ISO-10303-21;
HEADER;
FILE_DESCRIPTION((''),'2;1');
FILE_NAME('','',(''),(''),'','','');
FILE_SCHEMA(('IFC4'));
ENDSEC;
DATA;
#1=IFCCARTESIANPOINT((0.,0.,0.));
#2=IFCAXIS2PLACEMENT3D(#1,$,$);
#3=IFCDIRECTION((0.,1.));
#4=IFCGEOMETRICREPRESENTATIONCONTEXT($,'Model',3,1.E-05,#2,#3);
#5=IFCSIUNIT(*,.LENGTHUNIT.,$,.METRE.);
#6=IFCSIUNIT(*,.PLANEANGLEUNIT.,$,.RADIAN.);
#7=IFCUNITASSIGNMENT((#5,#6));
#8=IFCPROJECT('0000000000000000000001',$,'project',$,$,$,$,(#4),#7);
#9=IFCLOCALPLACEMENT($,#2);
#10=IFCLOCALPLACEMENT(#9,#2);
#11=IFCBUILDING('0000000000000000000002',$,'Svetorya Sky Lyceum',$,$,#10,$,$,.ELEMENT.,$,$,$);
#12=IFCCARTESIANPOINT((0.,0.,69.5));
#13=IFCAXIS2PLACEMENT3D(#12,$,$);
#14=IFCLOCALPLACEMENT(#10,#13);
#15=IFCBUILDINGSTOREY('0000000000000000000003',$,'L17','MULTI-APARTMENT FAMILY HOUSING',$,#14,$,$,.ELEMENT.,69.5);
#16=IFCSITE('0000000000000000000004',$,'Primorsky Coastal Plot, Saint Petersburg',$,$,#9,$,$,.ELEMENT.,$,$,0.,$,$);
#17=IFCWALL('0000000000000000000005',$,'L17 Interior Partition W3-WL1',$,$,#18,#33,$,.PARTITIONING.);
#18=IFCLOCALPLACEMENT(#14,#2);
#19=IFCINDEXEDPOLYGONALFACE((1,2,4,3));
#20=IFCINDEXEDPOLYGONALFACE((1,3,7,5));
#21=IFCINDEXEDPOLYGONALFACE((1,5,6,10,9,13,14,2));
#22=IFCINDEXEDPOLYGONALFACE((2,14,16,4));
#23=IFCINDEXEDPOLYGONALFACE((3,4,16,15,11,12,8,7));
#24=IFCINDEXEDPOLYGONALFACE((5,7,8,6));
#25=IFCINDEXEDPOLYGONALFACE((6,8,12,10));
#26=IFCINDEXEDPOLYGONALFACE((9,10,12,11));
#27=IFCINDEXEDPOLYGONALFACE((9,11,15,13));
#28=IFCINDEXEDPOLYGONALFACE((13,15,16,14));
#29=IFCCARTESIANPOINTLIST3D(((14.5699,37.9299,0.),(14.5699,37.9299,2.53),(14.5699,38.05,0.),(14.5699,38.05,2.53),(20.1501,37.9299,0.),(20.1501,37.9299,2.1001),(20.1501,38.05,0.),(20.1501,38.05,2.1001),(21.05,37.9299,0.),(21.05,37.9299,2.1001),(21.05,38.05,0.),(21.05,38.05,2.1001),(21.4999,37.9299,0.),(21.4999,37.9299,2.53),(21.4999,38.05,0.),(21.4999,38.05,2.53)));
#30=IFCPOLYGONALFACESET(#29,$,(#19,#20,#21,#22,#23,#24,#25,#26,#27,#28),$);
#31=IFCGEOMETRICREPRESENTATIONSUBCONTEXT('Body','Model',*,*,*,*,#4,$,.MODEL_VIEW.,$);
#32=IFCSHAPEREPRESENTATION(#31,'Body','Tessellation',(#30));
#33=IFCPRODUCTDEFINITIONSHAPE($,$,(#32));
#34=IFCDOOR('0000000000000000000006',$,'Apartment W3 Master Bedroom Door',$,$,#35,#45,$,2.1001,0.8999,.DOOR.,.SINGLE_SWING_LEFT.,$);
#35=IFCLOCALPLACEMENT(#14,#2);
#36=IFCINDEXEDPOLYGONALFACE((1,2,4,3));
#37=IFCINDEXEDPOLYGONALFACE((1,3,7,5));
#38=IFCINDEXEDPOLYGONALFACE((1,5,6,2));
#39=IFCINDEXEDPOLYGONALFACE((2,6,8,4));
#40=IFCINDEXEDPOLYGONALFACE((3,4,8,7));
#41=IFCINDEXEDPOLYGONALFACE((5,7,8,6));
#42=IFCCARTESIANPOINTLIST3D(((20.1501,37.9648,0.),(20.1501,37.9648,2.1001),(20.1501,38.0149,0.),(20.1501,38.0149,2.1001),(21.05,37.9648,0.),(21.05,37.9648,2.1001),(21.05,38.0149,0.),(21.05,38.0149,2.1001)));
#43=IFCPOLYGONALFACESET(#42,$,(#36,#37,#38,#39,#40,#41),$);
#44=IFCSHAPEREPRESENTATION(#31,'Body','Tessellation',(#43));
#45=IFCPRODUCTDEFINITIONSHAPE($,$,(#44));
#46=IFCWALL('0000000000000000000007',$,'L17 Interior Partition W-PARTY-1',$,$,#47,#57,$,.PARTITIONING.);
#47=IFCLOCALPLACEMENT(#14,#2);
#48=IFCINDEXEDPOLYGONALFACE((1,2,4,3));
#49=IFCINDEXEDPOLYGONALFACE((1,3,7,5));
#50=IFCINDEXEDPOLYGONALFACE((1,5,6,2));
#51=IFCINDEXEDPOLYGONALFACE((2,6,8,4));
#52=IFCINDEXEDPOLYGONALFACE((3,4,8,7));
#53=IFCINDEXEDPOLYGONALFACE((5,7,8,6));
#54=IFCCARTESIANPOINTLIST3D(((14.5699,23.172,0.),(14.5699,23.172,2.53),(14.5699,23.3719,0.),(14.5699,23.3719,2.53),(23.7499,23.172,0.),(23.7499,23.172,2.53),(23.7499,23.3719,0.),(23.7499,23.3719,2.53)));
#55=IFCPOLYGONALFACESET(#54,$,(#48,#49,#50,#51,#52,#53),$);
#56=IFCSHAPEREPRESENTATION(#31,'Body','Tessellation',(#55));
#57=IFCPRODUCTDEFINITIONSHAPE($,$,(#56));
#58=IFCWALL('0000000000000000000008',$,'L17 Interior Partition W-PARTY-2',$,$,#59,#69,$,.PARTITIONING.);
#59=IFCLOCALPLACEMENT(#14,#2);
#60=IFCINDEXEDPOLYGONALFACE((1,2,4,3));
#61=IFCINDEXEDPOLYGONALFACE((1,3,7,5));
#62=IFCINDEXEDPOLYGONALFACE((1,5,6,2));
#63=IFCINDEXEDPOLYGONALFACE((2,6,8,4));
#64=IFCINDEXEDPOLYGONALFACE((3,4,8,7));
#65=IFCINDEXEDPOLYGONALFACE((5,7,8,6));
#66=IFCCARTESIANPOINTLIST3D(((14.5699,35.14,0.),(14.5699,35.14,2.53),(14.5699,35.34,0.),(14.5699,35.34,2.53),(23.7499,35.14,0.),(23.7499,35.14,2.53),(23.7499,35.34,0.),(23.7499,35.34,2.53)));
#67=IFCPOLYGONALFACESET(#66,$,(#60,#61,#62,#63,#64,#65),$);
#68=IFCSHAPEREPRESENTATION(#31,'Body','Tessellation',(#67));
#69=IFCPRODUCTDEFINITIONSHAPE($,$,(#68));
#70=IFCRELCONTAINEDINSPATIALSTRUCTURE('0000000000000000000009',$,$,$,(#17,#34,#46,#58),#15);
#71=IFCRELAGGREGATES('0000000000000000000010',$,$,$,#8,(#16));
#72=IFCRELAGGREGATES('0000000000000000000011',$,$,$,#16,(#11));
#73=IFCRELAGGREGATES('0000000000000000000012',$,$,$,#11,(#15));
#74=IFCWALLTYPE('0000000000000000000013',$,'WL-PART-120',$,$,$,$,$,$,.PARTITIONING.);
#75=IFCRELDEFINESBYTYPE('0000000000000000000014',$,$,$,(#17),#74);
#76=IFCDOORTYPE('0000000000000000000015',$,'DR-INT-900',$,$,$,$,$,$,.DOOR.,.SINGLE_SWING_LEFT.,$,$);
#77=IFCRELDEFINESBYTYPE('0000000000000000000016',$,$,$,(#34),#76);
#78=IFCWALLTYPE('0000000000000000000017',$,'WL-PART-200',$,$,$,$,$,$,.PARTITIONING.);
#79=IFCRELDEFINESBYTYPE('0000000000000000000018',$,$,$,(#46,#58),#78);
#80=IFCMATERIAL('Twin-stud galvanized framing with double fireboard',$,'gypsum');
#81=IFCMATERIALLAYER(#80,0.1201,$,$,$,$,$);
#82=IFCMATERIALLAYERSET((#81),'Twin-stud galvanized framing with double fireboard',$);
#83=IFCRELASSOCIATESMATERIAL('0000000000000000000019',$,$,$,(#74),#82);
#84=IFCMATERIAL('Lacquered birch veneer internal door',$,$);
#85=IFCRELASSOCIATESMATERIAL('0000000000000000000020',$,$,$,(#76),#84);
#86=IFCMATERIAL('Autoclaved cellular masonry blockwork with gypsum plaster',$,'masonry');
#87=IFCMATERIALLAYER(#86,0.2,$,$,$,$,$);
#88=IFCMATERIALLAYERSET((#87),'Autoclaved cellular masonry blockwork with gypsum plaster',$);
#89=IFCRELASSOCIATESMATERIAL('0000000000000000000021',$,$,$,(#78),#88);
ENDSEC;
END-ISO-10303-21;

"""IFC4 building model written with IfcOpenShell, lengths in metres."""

from ifc_helpers import new_model, si_unit, direction, frame, frame_2d, origin, place, context, subcontext, project, spatial, rectangle, extrude, material, layer, layer_set, type_object, element, fill, save


model = new_model("IFC4")

# Units and contexts
model_context = context("Model", 3, precision=1e-05, world=origin(), true_north=direction((0.0, 1.0)))
body_context = subcontext(model_context, "Body", "Model", "MODEL_VIEW")
ifc_project = project(units=[si_unit("LENGTHUNIT", "METRE"), si_unit("PLANEANGLEUNIT", "RADIAN")], contexts=[model_context])

# Site, building, storey
site_placement = place(None, origin())
site = spatial("IfcSite", under=ifc_project, at=site_placement, Name="Primorsky Coastal Plot, Saint Petersburg", CompositionType="ELEMENT", RefElevation=0.0)
building_placement = place(site_placement, origin())
building = spatial("IfcBuilding", under=site, at=building_placement, Name="Svetorya Sky Lyceum", CompositionType="ELEMENT")
storey_placement = place(building_placement, frame((0.0, 0.0, 69.5)))
storey = spatial("IfcBuildingStorey", under=building, at=storey_placement, Name="L17", Description="MULTI-APARTMENT FAMILY HOUSING", CompositionType="ELEMENT", Elevation=69.5)

# Wall, opening, door
ifc_material_1 = material(Name="Twin-stud galvanized framing with double fireboard", Category="gypsum")
ifc_layer_1 = layer(ifc_material_1, 0.1201)
ifc_layer_set_1 = layer_set([ifc_layer_1], Name="Twin-stud galvanized framing with double fireboard")
wall_type_1 = type_object("IfcWallType", Name="WL-PART-120", PredefinedType="PARTITIONING", material=ifc_layer_set_1)
ifc_material_2 = material(Name="Lacquered birch veneer internal door")
door_type_1 = type_object("IfcDoorType", Name="DR-INT-900", OperationType="SINGLE_SWING_LEFT", PredefinedType="DOOR", material=ifc_material_2)
wall_1_placement = place(storey_placement, frame((14.5701, 37.99, 0.0), z_axis=(0.0, 0.0, 1.0), x_axis=(1.0, 0.0, 0.0)))
wall_1 = element("IfcWall", 1, at=wall_1_placement, inside=storey, type_object=wall_type_1, Name="L17 Interior Partition W3-WL1", PredefinedType="PARTITIONING", context=body_context, shape_type="SweptSolid", body=[
    extrude(rectangle(XDim=6.9299, YDim=0.1201, at=frame_2d((3.4648, 0.0))), origin(), (0.0, 0.0, 1.0), 2.53),
])
opening_1_placement = place(wall_1_placement, frame((5.5801, 0.0, 0.0)))
opening_1 = element("IfcOpeningElement", 2, at=opening_1_placement, cuts=wall_1, PredefinedType="OPENING", context=body_context, shape_type="SweptSolid", body=[
    extrude(rectangle(XDim=0.8999, YDim=2.1001, at=frame_2d((0.45, 1.05))), frame((0.0, 0.0701, 0.0), z_axis=(0.0, -1.0, 0.0), x_axis=(1.0, 0.0, 0.0)), (0.0, 0.0, 1.0), 0.1401),
])
door_1_placement = place(opening_1_placement, origin())
door_1 = element("IfcDoor", 3, at=door_1_placement, inside=storey, type_object=door_type_1, Name="Apartment W3 Master Bedroom Door", OperationType="SINGLE_SWING_LEFT", OverallHeight=2.1001, OverallWidth=0.8999, PredefinedType="DOOR", context=body_context, shape_type="SweptSolid", body=[
    extrude(rectangle(XDim=0.8999, YDim=2.1001, at=frame_2d((0.45, 1.05))), frame((0.0, 0.0249, 0.0), z_axis=(0.0, -1.0, 0.0), x_axis=(1.0, 0.0, 0.0)), (0.0, 0.0, 1.0), 0.05),
])
fill(opening_1, door_1)

# Walls
ifc_material_3 = material(Name="Autoclaved cellular masonry blockwork with gypsum plaster", Category="masonry")
ifc_layer_2 = layer(ifc_material_3, 0.2)
ifc_layer_set_2 = layer_set([ifc_layer_2], Name="Autoclaved cellular masonry blockwork with gypsum plaster")
wall_type_2 = type_object("IfcWallType", Name="WL-PART-200", PredefinedType="PARTITIONING", material=ifc_layer_set_2)
for number, where, z_axis, x_axis, name in (
    (4, (14.5701, 23.272, 0.0), (0.0, 0.0, 1.0), (1.0, 0.0, 0.0), "L17 Interior Partition W-PARTY-1"),
    (5, (14.5701, 35.24, 0.0), (0.0, 0.0, 1.0), (1.0, 0.0, 0.0), "L17 Interior Partition W-PARTY-2"),
):
    element("IfcWall", number, at=place(storey_placement, frame(where, z_axis=z_axis, x_axis=x_axis)), inside=storey, type_object=wall_type_2, Name=name, PredefinedType="PARTITIONING", context=body_context, shape_type="SweptSolid", body=[
        extrude(rectangle(XDim=9.1799, YDim=0.2, at=frame_2d((4.5898, 0.0))), origin(), (0.0, 0.0, 1.0), 2.53),
    ])

save(model, "model.ifc")
